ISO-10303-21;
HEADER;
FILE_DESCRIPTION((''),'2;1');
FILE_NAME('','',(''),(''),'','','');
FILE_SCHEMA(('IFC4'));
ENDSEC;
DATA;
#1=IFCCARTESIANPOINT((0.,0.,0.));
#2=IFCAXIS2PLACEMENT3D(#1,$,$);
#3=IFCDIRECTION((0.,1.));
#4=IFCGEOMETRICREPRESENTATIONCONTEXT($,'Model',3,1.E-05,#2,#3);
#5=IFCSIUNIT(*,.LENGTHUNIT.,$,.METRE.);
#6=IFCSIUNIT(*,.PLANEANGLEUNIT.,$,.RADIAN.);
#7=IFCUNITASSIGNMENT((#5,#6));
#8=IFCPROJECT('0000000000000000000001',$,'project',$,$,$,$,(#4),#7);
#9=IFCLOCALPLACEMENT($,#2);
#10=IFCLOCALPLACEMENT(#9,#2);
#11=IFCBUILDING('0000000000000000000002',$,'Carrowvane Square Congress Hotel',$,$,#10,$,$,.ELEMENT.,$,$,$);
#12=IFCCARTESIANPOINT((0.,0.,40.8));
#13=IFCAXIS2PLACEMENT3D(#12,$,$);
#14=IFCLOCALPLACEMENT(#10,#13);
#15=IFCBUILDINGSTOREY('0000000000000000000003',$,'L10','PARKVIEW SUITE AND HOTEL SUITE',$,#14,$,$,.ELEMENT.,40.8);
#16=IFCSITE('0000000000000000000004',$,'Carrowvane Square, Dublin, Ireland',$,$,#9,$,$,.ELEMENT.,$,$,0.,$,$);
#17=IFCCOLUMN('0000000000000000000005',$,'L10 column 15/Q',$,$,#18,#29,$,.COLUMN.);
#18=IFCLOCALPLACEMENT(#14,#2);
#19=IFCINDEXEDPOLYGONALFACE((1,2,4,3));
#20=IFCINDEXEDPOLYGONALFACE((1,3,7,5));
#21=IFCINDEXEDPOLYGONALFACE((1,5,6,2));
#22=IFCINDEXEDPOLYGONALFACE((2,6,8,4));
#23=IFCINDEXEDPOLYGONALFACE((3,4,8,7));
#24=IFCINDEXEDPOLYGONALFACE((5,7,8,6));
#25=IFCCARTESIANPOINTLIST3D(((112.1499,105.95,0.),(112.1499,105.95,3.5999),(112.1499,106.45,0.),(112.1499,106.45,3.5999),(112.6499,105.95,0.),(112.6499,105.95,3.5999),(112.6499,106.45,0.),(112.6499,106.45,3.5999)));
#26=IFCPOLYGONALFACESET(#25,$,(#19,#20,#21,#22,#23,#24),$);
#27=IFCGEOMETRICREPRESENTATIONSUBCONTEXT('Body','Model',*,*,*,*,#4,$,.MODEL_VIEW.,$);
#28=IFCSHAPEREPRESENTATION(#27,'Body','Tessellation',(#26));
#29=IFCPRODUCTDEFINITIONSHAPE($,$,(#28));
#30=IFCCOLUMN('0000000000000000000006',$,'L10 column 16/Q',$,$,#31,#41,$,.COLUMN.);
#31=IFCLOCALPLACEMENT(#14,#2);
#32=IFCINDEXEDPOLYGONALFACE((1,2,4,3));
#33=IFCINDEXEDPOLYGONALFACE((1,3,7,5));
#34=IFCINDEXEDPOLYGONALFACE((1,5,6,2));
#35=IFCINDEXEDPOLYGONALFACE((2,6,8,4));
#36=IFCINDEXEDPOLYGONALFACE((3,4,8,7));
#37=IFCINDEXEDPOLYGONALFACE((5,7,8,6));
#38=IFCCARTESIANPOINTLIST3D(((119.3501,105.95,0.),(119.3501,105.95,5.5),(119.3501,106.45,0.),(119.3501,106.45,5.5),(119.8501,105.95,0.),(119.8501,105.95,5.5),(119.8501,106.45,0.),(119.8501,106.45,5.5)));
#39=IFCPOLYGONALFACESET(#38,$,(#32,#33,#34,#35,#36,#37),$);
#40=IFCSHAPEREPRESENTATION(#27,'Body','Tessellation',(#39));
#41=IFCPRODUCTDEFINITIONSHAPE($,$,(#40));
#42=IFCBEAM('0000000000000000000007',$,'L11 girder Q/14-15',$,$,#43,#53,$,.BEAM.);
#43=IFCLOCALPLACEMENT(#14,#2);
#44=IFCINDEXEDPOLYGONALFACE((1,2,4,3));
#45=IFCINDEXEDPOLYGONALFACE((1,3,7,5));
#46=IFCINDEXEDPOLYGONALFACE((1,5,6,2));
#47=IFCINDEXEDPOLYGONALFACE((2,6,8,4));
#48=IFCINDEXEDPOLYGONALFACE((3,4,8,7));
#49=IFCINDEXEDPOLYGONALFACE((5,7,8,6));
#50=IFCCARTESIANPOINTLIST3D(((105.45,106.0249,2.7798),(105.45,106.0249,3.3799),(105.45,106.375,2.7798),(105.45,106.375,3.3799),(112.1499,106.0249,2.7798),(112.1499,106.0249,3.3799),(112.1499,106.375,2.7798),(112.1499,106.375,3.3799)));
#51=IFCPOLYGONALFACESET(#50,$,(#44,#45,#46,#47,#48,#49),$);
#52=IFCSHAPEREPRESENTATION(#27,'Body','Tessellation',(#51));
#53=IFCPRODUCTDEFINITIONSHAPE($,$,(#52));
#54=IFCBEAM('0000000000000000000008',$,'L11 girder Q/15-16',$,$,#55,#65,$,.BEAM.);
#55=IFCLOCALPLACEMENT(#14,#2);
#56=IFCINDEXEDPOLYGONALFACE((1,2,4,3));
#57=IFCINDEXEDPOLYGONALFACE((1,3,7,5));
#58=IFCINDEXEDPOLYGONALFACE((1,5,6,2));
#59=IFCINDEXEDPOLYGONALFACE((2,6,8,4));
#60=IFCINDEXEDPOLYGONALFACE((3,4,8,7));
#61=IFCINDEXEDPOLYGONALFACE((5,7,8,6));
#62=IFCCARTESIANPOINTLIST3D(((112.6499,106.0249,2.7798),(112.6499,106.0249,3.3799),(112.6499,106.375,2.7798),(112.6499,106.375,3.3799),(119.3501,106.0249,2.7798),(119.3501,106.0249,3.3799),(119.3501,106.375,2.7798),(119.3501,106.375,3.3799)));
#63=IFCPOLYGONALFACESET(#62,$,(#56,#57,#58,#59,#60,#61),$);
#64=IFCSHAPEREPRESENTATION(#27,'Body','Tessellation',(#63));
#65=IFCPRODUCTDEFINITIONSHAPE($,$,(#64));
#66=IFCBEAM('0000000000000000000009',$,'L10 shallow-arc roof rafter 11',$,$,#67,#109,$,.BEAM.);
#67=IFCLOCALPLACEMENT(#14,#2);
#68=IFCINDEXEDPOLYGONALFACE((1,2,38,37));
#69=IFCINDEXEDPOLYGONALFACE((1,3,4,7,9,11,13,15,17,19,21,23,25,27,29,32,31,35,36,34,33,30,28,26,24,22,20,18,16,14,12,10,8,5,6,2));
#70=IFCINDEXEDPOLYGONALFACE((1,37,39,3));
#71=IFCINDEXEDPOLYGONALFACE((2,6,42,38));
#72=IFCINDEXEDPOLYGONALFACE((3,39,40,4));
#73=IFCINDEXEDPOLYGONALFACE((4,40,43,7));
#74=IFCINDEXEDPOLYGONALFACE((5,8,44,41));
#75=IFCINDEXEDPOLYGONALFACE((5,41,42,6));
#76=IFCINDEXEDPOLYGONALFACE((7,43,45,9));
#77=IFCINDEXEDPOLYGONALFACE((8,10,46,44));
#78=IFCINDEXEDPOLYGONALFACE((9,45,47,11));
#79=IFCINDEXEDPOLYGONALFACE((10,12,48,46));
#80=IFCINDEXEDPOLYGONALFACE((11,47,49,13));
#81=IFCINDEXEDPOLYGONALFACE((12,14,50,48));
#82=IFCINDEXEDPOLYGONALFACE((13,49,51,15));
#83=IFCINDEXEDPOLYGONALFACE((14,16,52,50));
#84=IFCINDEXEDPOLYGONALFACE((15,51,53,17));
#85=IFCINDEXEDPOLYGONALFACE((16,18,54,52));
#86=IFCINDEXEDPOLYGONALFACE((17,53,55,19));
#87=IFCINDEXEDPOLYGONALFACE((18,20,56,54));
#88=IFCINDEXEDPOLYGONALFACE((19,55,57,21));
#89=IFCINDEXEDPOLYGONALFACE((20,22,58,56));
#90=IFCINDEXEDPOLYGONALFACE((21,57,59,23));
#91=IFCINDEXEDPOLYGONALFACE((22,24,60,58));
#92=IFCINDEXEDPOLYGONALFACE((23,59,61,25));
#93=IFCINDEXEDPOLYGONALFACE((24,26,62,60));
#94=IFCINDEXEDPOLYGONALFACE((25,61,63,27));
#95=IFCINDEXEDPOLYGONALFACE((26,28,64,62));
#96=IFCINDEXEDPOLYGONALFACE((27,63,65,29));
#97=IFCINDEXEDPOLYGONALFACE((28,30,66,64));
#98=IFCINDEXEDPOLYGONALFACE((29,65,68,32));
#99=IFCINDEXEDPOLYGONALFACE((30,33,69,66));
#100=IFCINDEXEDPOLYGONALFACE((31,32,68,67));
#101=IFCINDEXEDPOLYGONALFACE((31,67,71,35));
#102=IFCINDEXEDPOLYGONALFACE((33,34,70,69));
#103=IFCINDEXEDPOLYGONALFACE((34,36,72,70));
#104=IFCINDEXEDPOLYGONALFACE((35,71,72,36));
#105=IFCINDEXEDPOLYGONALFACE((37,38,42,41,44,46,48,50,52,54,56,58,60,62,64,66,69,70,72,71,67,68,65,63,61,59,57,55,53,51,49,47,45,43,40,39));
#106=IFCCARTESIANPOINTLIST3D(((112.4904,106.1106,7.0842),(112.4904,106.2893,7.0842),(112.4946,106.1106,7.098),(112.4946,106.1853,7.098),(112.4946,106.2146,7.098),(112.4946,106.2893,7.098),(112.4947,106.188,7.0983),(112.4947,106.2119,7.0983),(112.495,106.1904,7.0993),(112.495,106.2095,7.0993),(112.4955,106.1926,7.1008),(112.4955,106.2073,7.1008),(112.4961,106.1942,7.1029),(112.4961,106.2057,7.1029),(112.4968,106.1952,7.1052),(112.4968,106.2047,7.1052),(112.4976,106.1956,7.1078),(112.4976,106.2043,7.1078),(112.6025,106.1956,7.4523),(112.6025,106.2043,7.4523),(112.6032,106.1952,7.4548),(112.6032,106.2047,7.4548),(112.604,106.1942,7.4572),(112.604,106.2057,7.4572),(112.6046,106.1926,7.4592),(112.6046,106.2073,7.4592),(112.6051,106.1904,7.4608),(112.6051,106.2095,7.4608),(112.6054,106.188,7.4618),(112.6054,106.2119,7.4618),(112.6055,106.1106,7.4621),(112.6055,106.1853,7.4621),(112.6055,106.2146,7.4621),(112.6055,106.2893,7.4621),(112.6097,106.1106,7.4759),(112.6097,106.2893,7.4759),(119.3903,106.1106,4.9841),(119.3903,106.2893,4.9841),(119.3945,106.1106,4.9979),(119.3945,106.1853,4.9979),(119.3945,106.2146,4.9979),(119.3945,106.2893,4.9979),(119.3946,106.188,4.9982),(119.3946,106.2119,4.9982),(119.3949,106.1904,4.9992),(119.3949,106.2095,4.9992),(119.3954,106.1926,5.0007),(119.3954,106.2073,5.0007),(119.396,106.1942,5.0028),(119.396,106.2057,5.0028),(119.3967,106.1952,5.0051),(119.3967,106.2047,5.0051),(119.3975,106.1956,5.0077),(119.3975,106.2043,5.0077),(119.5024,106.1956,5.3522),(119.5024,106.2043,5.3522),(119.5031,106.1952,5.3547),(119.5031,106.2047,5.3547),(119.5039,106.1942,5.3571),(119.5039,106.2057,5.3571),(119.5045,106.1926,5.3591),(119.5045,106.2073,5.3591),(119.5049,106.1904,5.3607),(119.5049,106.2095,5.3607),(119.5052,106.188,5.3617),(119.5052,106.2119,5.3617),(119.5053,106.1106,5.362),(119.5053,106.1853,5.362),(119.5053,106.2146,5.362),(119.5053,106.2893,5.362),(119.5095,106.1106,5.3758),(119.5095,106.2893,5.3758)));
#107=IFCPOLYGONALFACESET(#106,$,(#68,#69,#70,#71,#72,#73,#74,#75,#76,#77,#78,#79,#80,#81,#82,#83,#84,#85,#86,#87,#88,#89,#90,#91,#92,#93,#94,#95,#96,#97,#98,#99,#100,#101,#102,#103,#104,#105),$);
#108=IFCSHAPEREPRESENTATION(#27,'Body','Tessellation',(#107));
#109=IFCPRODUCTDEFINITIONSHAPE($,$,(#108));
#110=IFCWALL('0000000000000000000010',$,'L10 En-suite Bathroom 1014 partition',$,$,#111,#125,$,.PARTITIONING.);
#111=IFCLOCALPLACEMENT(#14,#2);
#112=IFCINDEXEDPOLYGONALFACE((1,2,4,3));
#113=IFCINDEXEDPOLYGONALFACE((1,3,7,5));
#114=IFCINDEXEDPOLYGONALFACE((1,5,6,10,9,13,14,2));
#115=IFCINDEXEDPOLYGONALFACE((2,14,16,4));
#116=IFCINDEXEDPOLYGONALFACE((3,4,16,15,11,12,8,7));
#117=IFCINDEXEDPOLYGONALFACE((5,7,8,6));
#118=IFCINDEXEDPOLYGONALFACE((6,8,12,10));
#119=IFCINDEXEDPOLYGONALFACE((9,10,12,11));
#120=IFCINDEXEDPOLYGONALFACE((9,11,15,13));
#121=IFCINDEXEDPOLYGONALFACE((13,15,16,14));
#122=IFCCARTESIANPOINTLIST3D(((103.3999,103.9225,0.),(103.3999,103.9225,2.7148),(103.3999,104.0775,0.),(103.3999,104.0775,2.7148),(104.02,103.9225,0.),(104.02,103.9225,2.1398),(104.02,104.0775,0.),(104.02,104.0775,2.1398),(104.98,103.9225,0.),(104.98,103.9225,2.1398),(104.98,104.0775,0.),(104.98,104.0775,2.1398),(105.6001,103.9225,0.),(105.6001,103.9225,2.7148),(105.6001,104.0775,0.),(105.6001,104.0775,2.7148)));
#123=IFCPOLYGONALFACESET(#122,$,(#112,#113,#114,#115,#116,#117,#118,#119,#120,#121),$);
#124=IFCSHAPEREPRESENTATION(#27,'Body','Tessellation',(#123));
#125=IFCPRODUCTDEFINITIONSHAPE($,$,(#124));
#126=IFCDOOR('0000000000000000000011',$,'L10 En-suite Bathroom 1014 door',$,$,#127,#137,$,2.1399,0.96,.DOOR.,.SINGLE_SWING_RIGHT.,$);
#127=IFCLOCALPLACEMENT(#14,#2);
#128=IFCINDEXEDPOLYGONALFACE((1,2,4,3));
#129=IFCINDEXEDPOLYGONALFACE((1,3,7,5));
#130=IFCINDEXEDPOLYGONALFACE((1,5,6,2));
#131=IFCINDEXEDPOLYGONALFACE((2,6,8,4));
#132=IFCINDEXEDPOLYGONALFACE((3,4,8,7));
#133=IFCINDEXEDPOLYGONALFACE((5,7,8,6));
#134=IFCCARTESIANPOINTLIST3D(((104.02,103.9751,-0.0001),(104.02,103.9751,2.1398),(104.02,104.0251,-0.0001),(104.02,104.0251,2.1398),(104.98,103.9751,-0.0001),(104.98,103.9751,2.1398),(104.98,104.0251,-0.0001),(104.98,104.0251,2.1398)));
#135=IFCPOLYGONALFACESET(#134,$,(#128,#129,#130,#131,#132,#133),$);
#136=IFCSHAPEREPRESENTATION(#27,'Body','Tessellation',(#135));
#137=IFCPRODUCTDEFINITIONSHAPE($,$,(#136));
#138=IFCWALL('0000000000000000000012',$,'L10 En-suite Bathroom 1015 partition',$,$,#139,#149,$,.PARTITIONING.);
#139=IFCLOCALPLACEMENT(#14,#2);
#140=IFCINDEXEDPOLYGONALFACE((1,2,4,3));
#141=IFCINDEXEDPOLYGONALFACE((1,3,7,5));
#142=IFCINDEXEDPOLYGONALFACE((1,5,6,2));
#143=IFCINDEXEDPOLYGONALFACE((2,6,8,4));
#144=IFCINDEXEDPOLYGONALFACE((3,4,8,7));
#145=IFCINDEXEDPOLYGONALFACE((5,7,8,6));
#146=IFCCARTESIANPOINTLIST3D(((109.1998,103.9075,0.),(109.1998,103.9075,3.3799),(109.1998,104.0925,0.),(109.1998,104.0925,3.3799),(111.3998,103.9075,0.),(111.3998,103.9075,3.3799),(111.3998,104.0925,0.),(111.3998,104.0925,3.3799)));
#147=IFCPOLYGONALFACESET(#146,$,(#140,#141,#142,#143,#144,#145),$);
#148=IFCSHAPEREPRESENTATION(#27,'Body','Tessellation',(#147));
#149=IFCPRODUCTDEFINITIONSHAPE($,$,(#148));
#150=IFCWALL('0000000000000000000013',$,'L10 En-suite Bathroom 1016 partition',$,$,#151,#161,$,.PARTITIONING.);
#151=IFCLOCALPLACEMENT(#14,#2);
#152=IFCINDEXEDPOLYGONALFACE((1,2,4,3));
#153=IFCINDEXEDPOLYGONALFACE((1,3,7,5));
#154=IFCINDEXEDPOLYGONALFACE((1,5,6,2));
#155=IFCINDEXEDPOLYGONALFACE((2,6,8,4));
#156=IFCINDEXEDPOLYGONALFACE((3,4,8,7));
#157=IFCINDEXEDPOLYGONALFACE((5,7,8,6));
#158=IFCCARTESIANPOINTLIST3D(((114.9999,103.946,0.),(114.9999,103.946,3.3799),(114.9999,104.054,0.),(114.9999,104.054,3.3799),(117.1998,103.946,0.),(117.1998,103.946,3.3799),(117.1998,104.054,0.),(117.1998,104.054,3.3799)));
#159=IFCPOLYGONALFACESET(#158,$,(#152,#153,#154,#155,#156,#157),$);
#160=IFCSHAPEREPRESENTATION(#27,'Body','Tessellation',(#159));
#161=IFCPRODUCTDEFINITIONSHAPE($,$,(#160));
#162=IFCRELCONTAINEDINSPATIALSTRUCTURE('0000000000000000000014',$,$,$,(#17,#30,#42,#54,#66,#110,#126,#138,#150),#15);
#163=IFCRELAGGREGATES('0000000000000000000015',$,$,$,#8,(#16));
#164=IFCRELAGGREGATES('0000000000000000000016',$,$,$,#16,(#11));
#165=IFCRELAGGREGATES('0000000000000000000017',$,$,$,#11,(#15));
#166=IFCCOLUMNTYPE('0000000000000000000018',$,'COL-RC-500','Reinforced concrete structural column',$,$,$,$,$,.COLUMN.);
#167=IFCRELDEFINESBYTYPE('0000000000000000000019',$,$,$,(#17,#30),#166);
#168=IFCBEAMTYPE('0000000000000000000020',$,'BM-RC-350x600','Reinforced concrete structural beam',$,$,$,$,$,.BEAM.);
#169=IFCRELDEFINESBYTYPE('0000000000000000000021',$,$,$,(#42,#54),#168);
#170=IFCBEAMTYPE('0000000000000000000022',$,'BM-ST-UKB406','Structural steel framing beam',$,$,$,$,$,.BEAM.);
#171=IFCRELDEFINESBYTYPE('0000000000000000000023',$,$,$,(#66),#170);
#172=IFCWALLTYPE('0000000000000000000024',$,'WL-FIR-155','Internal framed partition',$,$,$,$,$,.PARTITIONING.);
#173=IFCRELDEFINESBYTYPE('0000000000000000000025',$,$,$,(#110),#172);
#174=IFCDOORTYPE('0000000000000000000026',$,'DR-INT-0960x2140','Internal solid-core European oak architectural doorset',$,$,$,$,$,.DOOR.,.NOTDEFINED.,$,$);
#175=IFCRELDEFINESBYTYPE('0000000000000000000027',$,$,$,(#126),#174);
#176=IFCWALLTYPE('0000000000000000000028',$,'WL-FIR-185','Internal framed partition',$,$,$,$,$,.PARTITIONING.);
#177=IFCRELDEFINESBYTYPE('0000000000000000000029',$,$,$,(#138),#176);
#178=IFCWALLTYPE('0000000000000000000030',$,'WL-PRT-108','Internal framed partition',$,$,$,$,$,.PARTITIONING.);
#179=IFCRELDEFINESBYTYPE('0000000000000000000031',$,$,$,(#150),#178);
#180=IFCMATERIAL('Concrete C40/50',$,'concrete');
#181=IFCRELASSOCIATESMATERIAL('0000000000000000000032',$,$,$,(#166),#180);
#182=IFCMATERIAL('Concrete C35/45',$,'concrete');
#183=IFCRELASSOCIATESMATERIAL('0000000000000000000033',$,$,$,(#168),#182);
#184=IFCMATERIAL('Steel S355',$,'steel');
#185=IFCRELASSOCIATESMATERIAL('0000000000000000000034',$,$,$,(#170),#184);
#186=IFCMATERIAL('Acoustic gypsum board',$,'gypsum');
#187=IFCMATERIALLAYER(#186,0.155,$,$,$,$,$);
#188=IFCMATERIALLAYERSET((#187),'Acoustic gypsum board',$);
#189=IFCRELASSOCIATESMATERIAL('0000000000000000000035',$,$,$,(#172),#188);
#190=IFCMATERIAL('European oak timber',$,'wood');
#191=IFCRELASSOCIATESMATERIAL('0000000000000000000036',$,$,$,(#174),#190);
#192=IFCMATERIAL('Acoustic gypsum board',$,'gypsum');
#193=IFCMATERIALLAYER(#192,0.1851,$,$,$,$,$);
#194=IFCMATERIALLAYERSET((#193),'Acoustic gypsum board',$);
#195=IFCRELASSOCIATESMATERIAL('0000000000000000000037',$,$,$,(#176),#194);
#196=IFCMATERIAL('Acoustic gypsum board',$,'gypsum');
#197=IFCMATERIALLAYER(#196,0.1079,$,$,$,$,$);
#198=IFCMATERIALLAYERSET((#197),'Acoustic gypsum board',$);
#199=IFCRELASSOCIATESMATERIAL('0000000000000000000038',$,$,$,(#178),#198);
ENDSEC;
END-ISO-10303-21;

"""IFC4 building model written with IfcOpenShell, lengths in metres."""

from ifc_helpers import new_model, si_unit, direction, frame, frame_2d, origin, origin_2d, place, context, subcontext, project, spatial, rectangle, i_section, extrude, material, layer, layer_set, material_profile, profile_set, type_object, element, fill, save


model = new_model("IFC4")

# Units and contexts
model_context = context("Model", 3, precision=1e-05, world=origin(), true_north=direction((0.0, 1.0)))
body_context = subcontext(model_context, "Body", "Model", "MODEL_VIEW")
ifc_project = project(units=[si_unit("LENGTHUNIT", "METRE"), si_unit("PLANEANGLEUNIT", "RADIAN")], contexts=[model_context])

# Site, building, storey
site_placement = place(None, origin())
site = spatial("IfcSite", under=ifc_project, at=site_placement, Name="Carrowvane Square, Dublin, Ireland", CompositionType="ELEMENT", RefElevation=0.0)
building_placement = place(site_placement, origin())
building = spatial("IfcBuilding", under=site, at=building_placement, Name="Carrowvane Square Congress Hotel", CompositionType="ELEMENT")
storey_placement = place(building_placement, frame((0.0, 0.0, 40.8)))
storey = spatial("IfcBuildingStorey", under=building, at=storey_placement, Name="L10", Description="PARKVIEW SUITE AND HOTEL SUITE", CompositionType="ELEMENT", Elevation=40.8)

# Columns
ifc_material_1 = material(Name="Concrete C40/50", Category="concrete")
ifc_material_profile_1 = material_profile(ifc_material_1, rectangle(XDim=0.5, YDim=0.5, at=origin_2d()), Name="RC 500x500")
ifc_profile_set_1 = profile_set([ifc_material_profile_1], Name="Concrete C40/50")
column_type = type_object("IfcColumnType", Name="COL-RC-500", Description="Reinforced concrete structural column", PredefinedType="COLUMN", material=ifc_profile_set_1)
column_1_placement = place(storey_placement, frame((112.3999, 106.2, 0.0), z_axis=(0.0, 0.0, 1.0), x_axis=(1.0, 0.0, 0.0)))
element("IfcColumn", 1, at=column_1_placement, inside=storey, type_object=column_type, Name="L10 column 15/Q", PredefinedType="COLUMN", context=body_context, shape_type="SweptSolid", body=[
    extrude(rectangle(XDim=0.5, YDim=0.5, at=origin_2d()), origin(), (0.0, 0.0, 1.0), 3.5999),
])
column_2_placement = place(storey_placement, frame((119.6001, 106.2, 0.0), z_axis=(0.0, 0.0, 1.0), x_axis=(1.0, 0.0, 0.0)))
element("IfcColumn", 2, at=column_2_placement, inside=storey, type_object=column_type, Name="L10 column 16/Q", PredefinedType="COLUMN", context=body_context, shape_type="SweptSolid", body=[
    extrude(rectangle(XDim=0.5, YDim=0.5, at=origin_2d()), origin(), (0.0, 0.0, 1.0), 5.5),
])

# Beams
ifc_material_2 = material(Name="Concrete C35/45", Category="concrete")
ifc_material_profile_2 = material_profile(ifc_material_2, rectangle(XDim=0.3501, YDim=0.6001, at=origin_2d()), Name="RC 350x600")
ifc_profile_set_2 = profile_set([ifc_material_profile_2], Name="Concrete C35/45")
beam_type_1 = type_object("IfcBeamType", Name="BM-RC-350x600", Description="Reinforced concrete structural beam", PredefinedType="BEAM", material=ifc_profile_set_2)
beam_1_placement = place(storey_placement, frame((105.45, 106.2, 3.0798), z_axis=(1.0, 0.0, 0.0), x_axis=(0.0, 1.0, 0.0)))
element("IfcBeam", 3, at=beam_1_placement, inside=storey, type_object=beam_type_1, Name="L11 girder Q/14-15", PredefinedType="BEAM", context=body_context, shape_type="SweptSolid", body=[
    extrude(rectangle(XDim=0.3501, YDim=0.6001, at=origin_2d()), origin(), (0.0, 0.0, 1.0), 6.7),
])
beam_2_placement = place(storey_placement, frame((112.6499, 106.2, 3.0798), z_axis=(1.0, 0.0, 0.0), x_axis=(0.0, 1.0, 0.0)))
element("IfcBeam", 4, at=beam_2_placement, inside=storey, type_object=beam_type_1, Name="L11 girder Q/15-16", PredefinedType="BEAM", context=body_context, shape_type="SweptSolid", body=[
    extrude(rectangle(XDim=0.3501, YDim=0.6001, at=origin_2d()), origin(), (0.0, 0.0, 1.0), 6.7002),
])
ifc_material_3 = material(Name="Steel S355", Category="steel")
ifc_material_profile_3 = material_profile(ifc_material_3, i_section(OverallWidth=0.1787, OverallDepth=0.4094, WebThickness=0.0088, FlangeThickness=0.0144, FilletRadius=0.0103, at=origin_2d()), Name="UKB 406x178x67")
ifc_profile_set_3 = profile_set([ifc_material_profile_3], Name="Steel S355")
beam_type_2 = type_object("IfcBeamType", Name="BM-ST-UKB406", Description="Structural steel framing beam", PredefinedType="BEAM", material=ifc_profile_set_3)
beam_3_placement = place(storey_placement, frame((112.55, 106.2, 7.28), z_axis=(0.956669, 0.0, -0.291178), x_axis=(0.0, 1.0, 0.0)))
element("IfcBeam", 5, at=beam_3_placement, inside=storey, type_object=beam_type_2, Name="L10 shallow-arc roof rafter 11", PredefinedType="BEAM", context=body_context, shape_type="SweptSolid", body=[
    extrude(i_section(OverallWidth=0.1787, OverallDepth=0.4094, WebThickness=0.0088, FlangeThickness=0.0144, FilletRadius=0.0103, at=origin_2d()), origin(), (0.0, 0.0, 1.0), 7.2124),
])

# Wall, opening, door
ifc_material_4 = material(Name="Acoustic gypsum board", Category="gypsum")
ifc_layer_1 = layer(ifc_material_4, 0.155)
ifc_layer_set_1 = layer_set([ifc_layer_1], Name="Acoustic gypsum board")
wall_type_1 = type_object("IfcWallType", Name="WL-FIR-155", Description="Internal framed partition", PredefinedType="PARTITIONING", material=ifc_layer_set_1)
wall_1_placement = place(storey_placement, frame((105.6001, 104.0, 0.0), z_axis=(0.0, 0.0, 1.0), x_axis=(-1.0, 0.0, 0.0)))
wall_1 = element("IfcWall", 6, at=wall_1_placement, inside=storey, type_object=wall_type_1, Name="L10 En-suite Bathroom 1014 partition", PredefinedType="PARTITIONING", context=body_context, shape_type="SweptSolid", body=[
    extrude(rectangle(XDim=2.2002, YDim=0.155, at=frame_2d((1.1001, 0.0))), origin(), (0.0, 0.0, 1.0), 2.7148),
])
opening_1_placement = place(wall_1_placement, frame((0.6201, 0.0, 0.0)))
opening_1 = element("IfcOpeningElement", 7, at=opening_1_placement, cuts=wall_1, PredefinedType="OPENING", context=body_context, shape_type="SweptSolid", body=[
    extrude(rectangle(XDim=0.96, YDim=2.1399, at=frame_2d((0.48, 1.0698))), frame((0.0, 0.0874, 0.0), z_axis=(0.0, -1.0, 0.0), x_axis=(1.0, 0.0, 0.0)), (0.0, 0.0, 1.0), 0.175),
])
ifc_material_5 = material(Name="European oak timber", Category="wood")
door_type_1 = type_object("IfcDoorType", Name="DR-INT-0960x2140", Description="Internal solid-core European oak architectural doorset", OperationType="NOTDEFINED", PredefinedType="DOOR", material=ifc_material_5)
door_1_placement = place(opening_1_placement, origin())
door_1 = element("IfcDoor", 8, at=door_1_placement, inside=storey, type_object=door_type_1, Name="L10 En-suite Bathroom 1014 door", OperationType="SINGLE_SWING_RIGHT", OverallHeight=2.1399, OverallWidth=0.96, PredefinedType="DOOR", context=body_context, shape_type="SweptSolid", body=[
    extrude(rectangle(XDim=0.96, YDim=2.1399, at=frame_2d((0.48, 1.0698))), frame((0.0, 0.0249, 0.0), z_axis=(0.0, -1.0, 0.0), x_axis=(1.0, 0.0, 0.0)), (0.0, 0.0, 1.0), 0.05),
])
fill(opening_1, door_1)

# Wall
ifc_material_6 = material(Name="Acoustic gypsum board", Category="gypsum")
ifc_layer_2 = layer(ifc_material_6, 0.1851)
ifc_layer_set_2 = layer_set([ifc_layer_2], Name="Acoustic gypsum board")
wall_type_2 = type_object("IfcWallType", Name="WL-FIR-185", Description="Internal framed partition", PredefinedType="PARTITIONING", material=ifc_layer_set_2)
wall_2_placement = place(storey_placement, frame((111.3999, 104.0, 0.0), z_axis=(0.0, 0.0, 1.0), x_axis=(-1.0, 0.0, 0.0)))
element("IfcWall", 9, at=wall_2_placement, inside=storey, type_object=wall_type_2, Name="L10 En-suite Bathroom 1015 partition", PredefinedType="PARTITIONING", context=body_context, shape_type="SweptSolid", body=[
    extrude(rectangle(XDim=2.2, YDim=0.1851, at=frame_2d((1.1001, 0.0))), origin(), (0.0, 0.0, 1.0), 3.3799),
])

# Wall
ifc_material_7 = material(Name="Acoustic gypsum board", Category="gypsum")
ifc_layer_3 = layer(ifc_material_7, 0.1079)
ifc_layer_set_3 = layer_set([ifc_layer_3], Name="Acoustic gypsum board")
wall_type_3 = type_object("IfcWallType", Name="WL-PRT-108", Description="Internal framed partition", PredefinedType="PARTITIONING", material=ifc_layer_set_3)
wall_3_placement = place(storey_placement, frame((117.2, 104.0, 0.0), z_axis=(0.0, 0.0, 1.0), x_axis=(-1.0, 0.0, 0.0)))
element("IfcWall", 10, at=wall_3_placement, inside=storey, type_object=wall_type_3, Name="L10 En-suite Bathroom 1016 partition", PredefinedType="PARTITIONING", context=body_context, shape_type="SweptSolid", body=[
    extrude(rectangle(XDim=2.2, YDim=0.1079, at=frame_2d((1.1001, 0.0))), origin(), (0.0, 0.0, 1.0), 3.3799),
])

save(model, "model.ifc")
